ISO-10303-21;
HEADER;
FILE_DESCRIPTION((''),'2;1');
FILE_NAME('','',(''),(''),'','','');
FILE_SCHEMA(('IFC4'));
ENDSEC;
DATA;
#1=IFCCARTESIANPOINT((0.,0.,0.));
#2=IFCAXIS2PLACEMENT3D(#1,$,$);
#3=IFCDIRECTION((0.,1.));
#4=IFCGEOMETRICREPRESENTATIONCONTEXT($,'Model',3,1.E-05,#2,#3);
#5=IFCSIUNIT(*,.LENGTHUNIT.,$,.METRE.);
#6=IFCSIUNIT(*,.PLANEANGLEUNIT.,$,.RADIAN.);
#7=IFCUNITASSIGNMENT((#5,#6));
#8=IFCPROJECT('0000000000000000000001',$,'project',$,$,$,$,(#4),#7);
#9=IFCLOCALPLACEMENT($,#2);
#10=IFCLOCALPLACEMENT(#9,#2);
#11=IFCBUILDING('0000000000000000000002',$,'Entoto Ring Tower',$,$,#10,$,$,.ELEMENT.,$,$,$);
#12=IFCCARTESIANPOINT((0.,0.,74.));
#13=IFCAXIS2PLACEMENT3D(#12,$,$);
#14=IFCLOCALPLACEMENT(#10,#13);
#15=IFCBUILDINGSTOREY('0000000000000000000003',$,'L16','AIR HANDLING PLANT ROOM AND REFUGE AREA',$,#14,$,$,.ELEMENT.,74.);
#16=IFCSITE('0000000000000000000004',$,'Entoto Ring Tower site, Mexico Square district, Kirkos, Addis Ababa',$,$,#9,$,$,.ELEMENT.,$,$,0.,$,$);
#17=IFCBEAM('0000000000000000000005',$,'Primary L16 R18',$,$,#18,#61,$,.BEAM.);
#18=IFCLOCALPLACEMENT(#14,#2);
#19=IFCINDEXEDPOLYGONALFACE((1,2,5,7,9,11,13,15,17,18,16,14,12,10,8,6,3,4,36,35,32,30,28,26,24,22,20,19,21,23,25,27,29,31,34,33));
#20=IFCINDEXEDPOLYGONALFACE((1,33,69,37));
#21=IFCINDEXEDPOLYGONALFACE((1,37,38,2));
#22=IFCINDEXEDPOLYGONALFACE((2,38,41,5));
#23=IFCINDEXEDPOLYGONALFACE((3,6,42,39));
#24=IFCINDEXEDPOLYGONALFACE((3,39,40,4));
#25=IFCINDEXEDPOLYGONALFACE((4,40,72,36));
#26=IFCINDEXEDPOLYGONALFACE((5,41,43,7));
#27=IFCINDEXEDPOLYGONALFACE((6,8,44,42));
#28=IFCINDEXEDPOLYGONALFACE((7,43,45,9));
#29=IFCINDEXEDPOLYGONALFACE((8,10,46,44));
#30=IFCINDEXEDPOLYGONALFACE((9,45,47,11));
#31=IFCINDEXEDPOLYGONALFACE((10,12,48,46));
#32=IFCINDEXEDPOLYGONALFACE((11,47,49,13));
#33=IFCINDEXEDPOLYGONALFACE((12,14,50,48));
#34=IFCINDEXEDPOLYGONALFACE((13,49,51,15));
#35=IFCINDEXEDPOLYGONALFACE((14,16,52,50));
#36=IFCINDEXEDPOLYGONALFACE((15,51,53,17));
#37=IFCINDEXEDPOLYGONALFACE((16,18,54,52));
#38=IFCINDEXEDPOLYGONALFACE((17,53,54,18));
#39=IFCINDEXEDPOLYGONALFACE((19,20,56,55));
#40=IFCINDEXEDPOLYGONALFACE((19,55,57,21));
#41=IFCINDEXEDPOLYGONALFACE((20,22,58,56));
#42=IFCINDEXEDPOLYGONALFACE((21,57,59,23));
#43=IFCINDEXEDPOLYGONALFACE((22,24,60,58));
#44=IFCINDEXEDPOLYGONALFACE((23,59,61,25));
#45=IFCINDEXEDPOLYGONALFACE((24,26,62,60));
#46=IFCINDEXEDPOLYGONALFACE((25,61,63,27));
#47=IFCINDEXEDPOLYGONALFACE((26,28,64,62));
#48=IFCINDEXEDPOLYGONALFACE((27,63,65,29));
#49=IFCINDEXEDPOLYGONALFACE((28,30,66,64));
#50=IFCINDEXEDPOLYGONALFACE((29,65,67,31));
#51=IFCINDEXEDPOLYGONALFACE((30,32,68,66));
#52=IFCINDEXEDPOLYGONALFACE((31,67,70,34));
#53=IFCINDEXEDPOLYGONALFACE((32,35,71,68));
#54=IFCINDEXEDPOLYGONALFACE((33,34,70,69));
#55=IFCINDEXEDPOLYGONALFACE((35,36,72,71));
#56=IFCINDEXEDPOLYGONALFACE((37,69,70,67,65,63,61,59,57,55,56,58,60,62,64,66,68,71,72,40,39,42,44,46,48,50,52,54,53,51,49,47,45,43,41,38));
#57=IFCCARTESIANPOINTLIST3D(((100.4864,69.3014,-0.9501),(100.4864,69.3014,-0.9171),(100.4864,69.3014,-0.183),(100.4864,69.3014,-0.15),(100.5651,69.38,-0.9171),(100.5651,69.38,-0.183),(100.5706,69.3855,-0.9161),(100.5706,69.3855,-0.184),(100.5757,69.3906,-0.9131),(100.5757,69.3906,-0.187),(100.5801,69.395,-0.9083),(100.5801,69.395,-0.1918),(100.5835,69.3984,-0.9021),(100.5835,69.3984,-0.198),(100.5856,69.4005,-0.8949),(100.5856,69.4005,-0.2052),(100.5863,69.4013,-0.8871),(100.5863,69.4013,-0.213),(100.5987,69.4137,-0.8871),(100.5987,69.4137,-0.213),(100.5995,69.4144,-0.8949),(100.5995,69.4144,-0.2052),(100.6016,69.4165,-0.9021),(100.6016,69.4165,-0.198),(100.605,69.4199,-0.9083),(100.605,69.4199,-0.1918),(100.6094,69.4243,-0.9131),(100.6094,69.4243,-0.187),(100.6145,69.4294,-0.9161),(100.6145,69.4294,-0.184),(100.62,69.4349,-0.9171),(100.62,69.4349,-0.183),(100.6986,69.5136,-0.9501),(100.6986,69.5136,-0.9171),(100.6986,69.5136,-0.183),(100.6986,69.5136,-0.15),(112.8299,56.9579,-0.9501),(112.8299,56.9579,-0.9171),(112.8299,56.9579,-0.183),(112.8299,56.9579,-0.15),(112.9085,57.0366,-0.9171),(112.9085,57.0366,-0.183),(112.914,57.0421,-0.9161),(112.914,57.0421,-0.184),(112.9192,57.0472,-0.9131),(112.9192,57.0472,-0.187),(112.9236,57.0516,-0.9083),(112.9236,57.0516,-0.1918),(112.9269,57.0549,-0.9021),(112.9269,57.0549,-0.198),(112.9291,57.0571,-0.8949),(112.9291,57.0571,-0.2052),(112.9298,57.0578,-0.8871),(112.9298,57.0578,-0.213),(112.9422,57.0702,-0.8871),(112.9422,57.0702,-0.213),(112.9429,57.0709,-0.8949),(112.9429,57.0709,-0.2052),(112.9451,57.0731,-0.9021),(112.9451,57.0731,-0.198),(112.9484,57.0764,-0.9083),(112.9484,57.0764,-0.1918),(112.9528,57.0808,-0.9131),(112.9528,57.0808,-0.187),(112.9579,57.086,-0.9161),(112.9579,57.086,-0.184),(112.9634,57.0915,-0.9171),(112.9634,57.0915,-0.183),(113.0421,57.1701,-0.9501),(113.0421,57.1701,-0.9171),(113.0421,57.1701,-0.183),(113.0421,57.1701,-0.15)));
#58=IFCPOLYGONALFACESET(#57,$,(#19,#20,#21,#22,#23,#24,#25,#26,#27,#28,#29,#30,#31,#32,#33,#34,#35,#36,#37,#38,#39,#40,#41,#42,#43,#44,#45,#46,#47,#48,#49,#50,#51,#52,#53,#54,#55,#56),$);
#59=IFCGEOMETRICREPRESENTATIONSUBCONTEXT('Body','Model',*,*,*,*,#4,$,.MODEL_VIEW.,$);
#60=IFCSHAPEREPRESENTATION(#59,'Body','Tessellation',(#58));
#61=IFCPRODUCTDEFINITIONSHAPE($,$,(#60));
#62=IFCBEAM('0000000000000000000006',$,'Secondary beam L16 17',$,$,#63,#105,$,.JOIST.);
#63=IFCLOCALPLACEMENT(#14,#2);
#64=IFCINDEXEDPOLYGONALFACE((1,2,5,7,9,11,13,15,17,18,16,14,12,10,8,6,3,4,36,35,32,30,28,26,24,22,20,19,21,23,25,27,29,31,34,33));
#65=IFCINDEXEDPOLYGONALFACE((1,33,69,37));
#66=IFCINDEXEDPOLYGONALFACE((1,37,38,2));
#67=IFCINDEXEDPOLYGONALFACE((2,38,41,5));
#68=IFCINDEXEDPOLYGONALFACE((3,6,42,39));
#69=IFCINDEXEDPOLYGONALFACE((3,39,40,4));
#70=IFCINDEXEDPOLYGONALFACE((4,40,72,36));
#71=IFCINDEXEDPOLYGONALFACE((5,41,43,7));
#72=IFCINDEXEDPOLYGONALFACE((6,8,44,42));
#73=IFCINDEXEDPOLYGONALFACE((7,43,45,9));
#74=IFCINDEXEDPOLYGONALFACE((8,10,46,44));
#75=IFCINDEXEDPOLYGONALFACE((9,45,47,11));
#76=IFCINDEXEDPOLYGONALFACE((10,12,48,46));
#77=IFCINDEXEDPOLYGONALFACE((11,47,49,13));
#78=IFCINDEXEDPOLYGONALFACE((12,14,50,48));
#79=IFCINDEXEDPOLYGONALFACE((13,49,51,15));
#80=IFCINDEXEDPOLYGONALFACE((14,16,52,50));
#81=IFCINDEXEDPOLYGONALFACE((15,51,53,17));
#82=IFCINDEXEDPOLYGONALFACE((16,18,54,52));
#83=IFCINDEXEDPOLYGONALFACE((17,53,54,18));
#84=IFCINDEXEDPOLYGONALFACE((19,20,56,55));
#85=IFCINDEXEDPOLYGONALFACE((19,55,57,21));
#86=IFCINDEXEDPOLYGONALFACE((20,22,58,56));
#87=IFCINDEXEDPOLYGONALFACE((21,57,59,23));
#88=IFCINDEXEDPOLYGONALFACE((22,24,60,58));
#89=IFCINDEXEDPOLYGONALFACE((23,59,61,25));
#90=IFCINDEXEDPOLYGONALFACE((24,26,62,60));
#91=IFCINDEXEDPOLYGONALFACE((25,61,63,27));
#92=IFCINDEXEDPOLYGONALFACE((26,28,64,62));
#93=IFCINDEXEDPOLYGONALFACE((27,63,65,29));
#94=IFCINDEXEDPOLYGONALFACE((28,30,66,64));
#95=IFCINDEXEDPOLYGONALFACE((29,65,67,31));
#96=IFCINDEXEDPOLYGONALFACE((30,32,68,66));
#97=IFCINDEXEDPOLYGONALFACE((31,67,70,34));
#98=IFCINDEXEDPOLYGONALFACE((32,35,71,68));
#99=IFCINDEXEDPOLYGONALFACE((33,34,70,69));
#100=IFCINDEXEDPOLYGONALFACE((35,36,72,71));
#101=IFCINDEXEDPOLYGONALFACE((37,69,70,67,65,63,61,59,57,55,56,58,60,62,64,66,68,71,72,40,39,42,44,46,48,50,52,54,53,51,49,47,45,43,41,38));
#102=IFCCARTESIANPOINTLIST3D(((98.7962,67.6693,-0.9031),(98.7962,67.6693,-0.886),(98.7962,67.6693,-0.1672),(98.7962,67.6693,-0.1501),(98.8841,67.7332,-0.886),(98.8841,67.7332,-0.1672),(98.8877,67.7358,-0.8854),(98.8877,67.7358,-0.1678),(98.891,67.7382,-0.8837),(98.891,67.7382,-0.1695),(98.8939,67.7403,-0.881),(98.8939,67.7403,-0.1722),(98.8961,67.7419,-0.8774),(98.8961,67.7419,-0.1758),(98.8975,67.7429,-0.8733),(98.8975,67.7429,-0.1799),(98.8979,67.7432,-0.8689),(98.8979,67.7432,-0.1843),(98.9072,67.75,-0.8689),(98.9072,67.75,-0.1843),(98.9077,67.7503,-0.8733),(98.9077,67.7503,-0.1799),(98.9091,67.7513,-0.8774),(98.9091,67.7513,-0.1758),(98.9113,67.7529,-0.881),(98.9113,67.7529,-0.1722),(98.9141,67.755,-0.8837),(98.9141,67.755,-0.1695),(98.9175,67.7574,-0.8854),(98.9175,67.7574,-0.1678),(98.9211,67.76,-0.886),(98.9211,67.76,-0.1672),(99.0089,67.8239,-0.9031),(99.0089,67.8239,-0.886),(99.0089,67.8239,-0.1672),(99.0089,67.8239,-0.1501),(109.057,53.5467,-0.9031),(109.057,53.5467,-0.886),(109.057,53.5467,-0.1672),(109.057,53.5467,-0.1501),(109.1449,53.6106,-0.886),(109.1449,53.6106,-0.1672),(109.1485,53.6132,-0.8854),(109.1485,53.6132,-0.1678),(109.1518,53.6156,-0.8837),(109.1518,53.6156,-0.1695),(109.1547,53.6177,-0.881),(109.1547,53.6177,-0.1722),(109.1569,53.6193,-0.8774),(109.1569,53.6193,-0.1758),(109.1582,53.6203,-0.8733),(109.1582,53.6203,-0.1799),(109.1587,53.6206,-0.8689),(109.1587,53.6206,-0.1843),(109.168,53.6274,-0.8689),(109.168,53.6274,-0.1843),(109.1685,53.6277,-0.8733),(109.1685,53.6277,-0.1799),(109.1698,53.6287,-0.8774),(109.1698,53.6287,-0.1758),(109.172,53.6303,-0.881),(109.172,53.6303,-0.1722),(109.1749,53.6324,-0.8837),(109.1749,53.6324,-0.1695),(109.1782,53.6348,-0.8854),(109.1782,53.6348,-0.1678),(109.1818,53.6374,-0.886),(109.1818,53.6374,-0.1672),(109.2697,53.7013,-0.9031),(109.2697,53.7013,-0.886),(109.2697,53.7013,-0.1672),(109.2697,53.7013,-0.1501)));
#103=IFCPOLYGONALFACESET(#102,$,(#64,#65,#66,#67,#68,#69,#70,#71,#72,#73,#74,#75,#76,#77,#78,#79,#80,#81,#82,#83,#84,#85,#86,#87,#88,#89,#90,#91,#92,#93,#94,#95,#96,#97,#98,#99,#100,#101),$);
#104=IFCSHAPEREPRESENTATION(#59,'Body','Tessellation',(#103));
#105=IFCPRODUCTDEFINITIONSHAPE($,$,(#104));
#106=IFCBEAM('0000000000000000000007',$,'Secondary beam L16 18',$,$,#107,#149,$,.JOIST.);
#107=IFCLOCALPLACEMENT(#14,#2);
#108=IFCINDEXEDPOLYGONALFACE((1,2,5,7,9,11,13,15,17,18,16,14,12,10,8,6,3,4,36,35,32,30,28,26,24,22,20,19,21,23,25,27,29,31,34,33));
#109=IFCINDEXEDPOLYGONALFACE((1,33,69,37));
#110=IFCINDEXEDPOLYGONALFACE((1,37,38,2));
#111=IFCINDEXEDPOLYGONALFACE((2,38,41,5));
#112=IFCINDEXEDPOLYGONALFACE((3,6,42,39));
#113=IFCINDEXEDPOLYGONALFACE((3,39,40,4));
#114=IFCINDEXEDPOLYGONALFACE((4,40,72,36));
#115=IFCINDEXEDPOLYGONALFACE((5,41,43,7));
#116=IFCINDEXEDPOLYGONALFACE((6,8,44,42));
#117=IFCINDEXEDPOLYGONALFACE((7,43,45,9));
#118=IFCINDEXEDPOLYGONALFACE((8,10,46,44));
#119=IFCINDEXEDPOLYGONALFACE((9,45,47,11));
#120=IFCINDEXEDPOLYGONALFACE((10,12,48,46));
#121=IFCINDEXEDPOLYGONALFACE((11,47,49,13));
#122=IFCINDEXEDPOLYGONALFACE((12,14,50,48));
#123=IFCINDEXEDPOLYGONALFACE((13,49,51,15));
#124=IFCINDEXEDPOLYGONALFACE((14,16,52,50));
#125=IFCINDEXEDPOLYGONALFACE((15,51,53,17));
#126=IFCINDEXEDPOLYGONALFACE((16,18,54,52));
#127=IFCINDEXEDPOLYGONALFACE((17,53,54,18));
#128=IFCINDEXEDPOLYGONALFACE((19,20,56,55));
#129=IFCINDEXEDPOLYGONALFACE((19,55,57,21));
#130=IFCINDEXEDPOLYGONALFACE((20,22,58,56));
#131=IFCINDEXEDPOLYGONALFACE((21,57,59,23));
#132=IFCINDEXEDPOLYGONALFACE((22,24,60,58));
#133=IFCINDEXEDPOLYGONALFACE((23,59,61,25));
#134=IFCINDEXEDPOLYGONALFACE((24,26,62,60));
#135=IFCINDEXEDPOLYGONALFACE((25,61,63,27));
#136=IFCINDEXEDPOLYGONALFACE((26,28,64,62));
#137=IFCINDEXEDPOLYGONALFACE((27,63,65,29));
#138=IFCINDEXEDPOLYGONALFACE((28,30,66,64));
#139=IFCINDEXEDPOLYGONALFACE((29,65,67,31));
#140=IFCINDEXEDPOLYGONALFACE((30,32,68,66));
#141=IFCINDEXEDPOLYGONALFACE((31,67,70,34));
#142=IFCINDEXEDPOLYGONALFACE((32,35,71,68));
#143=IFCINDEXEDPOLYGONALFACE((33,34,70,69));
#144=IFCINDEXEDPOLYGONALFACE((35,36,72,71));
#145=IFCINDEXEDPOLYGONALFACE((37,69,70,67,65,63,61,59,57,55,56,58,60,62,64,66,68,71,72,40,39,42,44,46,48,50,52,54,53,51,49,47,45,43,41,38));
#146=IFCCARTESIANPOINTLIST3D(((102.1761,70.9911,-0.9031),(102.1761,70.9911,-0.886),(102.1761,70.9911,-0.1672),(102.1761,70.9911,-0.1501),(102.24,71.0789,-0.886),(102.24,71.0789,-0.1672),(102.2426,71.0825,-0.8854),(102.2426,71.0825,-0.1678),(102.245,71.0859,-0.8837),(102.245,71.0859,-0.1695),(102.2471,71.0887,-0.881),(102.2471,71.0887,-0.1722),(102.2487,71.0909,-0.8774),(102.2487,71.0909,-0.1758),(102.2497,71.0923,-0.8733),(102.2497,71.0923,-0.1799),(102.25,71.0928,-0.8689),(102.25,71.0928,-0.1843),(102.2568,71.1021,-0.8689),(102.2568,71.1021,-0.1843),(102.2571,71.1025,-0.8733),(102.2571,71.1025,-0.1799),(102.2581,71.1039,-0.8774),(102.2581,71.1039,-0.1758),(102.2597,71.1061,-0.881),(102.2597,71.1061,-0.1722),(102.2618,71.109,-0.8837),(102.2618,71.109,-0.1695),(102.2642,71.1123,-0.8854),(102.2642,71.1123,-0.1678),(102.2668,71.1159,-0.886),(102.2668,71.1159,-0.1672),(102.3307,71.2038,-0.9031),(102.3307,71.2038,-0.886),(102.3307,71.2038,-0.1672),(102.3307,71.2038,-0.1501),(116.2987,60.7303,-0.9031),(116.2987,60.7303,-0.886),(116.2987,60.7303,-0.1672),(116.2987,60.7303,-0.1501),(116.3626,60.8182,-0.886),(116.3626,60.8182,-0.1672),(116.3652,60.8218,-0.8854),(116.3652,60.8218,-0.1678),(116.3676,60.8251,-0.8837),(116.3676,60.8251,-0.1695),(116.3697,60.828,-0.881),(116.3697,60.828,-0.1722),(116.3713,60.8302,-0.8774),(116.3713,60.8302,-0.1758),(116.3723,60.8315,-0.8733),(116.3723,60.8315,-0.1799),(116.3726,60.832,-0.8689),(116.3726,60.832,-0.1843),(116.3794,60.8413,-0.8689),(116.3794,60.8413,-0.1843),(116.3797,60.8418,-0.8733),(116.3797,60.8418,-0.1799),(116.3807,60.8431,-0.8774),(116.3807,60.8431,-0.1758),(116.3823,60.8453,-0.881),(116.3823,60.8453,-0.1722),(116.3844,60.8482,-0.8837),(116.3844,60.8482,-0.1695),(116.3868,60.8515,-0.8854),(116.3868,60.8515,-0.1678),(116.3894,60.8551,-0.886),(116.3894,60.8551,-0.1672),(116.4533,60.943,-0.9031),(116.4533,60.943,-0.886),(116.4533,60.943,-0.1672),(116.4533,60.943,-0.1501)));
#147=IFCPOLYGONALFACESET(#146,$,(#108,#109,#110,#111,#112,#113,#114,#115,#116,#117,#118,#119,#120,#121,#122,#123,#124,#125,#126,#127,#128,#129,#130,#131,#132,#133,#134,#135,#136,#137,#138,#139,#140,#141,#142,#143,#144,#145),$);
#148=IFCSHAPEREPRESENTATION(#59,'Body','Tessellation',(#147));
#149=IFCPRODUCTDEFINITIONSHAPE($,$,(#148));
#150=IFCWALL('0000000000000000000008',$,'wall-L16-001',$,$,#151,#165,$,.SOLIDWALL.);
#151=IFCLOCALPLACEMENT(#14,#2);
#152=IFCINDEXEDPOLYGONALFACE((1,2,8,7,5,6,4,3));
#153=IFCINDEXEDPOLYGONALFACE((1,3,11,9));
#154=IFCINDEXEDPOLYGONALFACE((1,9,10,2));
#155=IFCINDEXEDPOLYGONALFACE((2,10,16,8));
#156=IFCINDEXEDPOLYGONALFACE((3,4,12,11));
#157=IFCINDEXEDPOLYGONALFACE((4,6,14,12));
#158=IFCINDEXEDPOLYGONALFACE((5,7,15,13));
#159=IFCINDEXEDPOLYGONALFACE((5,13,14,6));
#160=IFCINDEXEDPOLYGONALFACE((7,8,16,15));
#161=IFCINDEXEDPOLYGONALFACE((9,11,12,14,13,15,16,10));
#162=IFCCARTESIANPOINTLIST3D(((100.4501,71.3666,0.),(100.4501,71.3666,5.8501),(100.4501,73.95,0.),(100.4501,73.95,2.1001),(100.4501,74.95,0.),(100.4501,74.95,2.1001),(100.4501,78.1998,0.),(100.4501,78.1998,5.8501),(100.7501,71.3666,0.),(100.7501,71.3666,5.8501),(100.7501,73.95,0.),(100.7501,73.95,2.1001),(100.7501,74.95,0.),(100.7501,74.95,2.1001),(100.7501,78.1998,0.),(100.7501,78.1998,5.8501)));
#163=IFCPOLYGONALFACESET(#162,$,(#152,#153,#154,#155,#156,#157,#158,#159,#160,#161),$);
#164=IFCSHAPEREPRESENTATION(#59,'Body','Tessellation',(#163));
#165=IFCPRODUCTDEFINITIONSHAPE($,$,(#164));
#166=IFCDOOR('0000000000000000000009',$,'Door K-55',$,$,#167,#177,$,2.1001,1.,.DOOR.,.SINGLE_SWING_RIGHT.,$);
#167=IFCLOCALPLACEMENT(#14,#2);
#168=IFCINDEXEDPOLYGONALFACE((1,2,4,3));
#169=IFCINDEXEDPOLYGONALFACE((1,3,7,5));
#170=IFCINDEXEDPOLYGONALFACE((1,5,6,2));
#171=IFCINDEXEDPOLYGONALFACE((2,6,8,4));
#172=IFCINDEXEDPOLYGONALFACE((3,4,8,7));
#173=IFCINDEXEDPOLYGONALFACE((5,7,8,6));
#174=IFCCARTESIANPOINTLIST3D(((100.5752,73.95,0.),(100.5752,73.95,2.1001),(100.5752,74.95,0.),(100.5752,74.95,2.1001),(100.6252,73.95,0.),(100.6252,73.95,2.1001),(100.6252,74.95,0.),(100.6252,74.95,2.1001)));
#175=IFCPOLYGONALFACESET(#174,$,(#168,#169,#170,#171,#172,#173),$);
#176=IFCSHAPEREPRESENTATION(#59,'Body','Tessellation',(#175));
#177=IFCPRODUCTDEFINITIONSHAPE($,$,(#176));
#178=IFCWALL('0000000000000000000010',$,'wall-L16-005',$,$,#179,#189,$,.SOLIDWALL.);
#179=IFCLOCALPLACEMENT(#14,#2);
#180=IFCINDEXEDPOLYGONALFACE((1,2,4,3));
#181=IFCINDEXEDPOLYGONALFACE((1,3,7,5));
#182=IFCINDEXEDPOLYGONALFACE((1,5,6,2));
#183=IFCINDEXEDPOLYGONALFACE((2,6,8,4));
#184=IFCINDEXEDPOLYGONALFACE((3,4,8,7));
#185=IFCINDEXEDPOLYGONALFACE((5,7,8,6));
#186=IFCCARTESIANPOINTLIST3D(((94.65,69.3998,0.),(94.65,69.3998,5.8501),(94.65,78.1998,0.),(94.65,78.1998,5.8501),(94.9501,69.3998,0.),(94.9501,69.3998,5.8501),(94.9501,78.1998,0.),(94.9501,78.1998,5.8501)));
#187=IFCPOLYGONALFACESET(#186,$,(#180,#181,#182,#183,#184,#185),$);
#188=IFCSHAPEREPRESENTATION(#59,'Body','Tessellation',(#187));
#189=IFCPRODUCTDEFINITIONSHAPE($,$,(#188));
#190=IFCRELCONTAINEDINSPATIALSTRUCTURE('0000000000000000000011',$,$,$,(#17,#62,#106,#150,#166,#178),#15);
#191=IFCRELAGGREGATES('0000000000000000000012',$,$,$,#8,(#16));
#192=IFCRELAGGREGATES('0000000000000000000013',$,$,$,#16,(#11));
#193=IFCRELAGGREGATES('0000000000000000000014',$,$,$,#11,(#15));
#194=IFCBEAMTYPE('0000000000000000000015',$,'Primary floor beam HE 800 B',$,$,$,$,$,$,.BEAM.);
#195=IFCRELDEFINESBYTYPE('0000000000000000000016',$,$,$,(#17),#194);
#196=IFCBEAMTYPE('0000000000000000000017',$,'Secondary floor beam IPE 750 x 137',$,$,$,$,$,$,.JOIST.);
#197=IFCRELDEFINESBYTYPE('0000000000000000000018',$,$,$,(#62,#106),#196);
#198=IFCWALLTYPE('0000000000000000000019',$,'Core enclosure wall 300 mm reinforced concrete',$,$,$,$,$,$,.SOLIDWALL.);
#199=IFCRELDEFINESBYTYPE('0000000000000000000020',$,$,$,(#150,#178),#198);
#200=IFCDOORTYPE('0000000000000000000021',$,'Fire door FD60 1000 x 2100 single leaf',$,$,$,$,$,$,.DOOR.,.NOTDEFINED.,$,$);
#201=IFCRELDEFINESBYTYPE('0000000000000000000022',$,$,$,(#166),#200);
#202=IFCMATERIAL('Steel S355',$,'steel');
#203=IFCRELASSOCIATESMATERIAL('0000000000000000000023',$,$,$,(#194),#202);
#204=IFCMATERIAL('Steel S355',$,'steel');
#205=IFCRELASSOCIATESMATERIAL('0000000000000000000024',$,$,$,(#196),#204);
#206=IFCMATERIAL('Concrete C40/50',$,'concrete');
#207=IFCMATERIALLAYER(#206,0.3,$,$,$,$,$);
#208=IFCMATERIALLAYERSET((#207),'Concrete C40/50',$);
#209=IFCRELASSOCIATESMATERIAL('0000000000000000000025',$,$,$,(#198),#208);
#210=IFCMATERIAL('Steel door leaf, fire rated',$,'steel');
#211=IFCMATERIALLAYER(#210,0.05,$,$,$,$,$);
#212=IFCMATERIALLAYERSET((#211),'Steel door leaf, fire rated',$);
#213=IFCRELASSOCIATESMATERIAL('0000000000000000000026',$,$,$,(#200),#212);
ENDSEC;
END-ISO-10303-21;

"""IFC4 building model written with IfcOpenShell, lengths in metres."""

from ifc_helpers import new_model, si_unit, direction, frame, frame_2d, origin, origin_2d, place, context, subcontext, project, spatial, rectangle, i_section, extrude, material, layer, layer_set, material_profile, profile_set, type_object, element, fill, save


model = new_model("IFC4")

# Units and contexts
model_context = context("Model", 3, precision=1e-05, world=origin(), true_north=direction((0.0, 1.0)))
body_context = subcontext(model_context, "Body", "Model", "MODEL_VIEW")
ifc_project = project(units=[si_unit("LENGTHUNIT", "METRE"), si_unit("PLANEANGLEUNIT", "RADIAN")], contexts=[model_context])

# Site, building, storey
site_placement = place(None, origin())
site = spatial("IfcSite", under=ifc_project, at=site_placement, Name="Entoto Ring Tower site, Mexico Square district, Kirkos, Addis Ababa", CompositionType="ELEMENT", RefElevation=0.0)
building_placement = place(site_placement, origin())
building = spatial("IfcBuilding", under=site, at=building_placement, Name="Entoto Ring Tower", CompositionType="ELEMENT")
storey_placement = place(building_placement, frame((0.0, 0.0, 74.0)))
storey = spatial("IfcBuildingStorey", under=building, at=storey_placement, Name="L16", Description="AIR HANDLING PLANT ROOM AND REFUGE AREA", CompositionType="ELEMENT", Elevation=74.0)

# Beams
ifc_material_1 = material(Name="Steel S355", Category="steel")
ifc_material_profile_1 = material_profile(ifc_material_1, i_section(OverallWidth=0.3, OverallDepth=0.8, WebThickness=0.0176, FlangeThickness=0.033, FilletRadius=0.03, at=origin_2d()), Name="HE 800 B")
ifc_profile_set_1 = profile_set([ifc_material_profile_1], Name="Steel S355")
beam_type_1 = type_object("IfcBeamType", Name="Primary floor beam HE 800 B", PredefinedType="BEAM", material=ifc_profile_set_1)
beam_1_placement = place(storey_placement, frame((100.5925, 69.4075, -0.55), z_axis=(0.707107, -0.707107, 0.0), x_axis=(0.707107, 0.707107, 0.0)))
element("IfcBeam", 1, at=beam_1_placement, inside=storey, type_object=beam_type_1, Name="Primary L16 R18", PredefinedType="BEAM", context=body_context, shape_type="SweptSolid", body=[
    extrude(i_section(OverallWidth=0.3, OverallDepth=0.8, WebThickness=0.0176, FlangeThickness=0.033, FilletRadius=0.03, at=origin_2d()), origin(), (0.0, 0.0, 1.0), 17.4563),
])
ifc_material_2 = material(Name="Steel S355", Category="steel")
ifc_material_profile_2 = material_profile(ifc_material_2, i_section(OverallWidth=0.2629, OverallDepth=0.7529, WebThickness=0.0115, FlangeThickness=0.0171, FilletRadius=0.0171, at=origin_2d()), Name="IPE 750 x 137")
ifc_profile_set_2 = profile_set([ifc_material_profile_2], Name="Steel S355")
beam_type_2 = type_object("IfcBeamType", Name="Secondary floor beam IPE 750 x 137", PredefinedType="JOIST", material=ifc_profile_set_2)
for number, where, z_axis, x_axis, name in (
    (2, (98.9026, 67.7466, -0.5266), (0.587789, -0.809014, 0.0), (0.809014, 0.587789, 0.0), "Secondary beam L16 17"),
    (3, (102.2534, 71.0974, -0.5266), (0.809014, -0.587789, 0.0), (0.587789, 0.809014, 0.0), "Secondary beam L16 18"),
):
    element("IfcBeam", number, at=place(storey_placement, frame(where, z_axis=z_axis, x_axis=x_axis)), inside=storey, type_object=beam_type_2, Name=name, PredefinedType="JOIST", context=body_context, shape_type="SweptSolid", body=[
        extrude(i_section(OverallWidth=0.2629, OverallDepth=0.7529, WebThickness=0.0115, FlangeThickness=0.0171, FilletRadius=0.0171, at=origin_2d()), origin(), (0.0, 0.0, 1.0), 17.4565),
    ])

# Wall, opening, door
ifc_material_3 = material(Name="Concrete C40/50", Category="concrete")
ifc_layer_1 = layer(ifc_material_3, 0.3)
ifc_layer_set_1 = layer_set([ifc_layer_1], Name="Concrete C40/50")
wall_type_1 = type_object("IfcWallType", Name="Core enclosure wall 300 mm reinforced concrete", PredefinedType="SOLIDWALL", material=ifc_layer_set_1)
wall_1_placement = place(storey_placement, frame((100.6001, 71.3667, 0.0), z_axis=(0.0, 0.0, 1.0), x_axis=(0.0, 1.0, 0.0)))
wall_1 = element("IfcWall", 4, at=wall_1_placement, inside=storey, type_object=wall_type_1, Name="wall-L16-001", PredefinedType="SOLIDWALL", context=body_context, shape_type="SweptSolid", body=[
    extrude(rectangle(XDim=6.8333, YDim=0.3, at=frame_2d((3.4165, 0.0))), origin(), (0.0, 0.0, 1.0), 5.8501),
])
opening_1_placement = place(wall_1_placement, frame((2.5833, 0.0, 0.0)))
opening_1 = element("IfcOpeningElement", 5, at=opening_1_placement, cuts=wall_1, PredefinedType="OPENING", context=body_context, shape_type="SweptSolid", body=[
    extrude(rectangle(XDim=1.0, YDim=2.1001, at=frame_2d((0.5, 1.05))), frame((0.0, 0.1602, 0.0), z_axis=(0.0, -1.0, 0.0), x_axis=(1.0, 0.0, 0.0)), (0.0, 0.0, 1.0), 0.3201),
])
ifc_material_4 = material(Name="Steel door leaf, fire rated", Category="steel")
ifc_layer_2 = layer(ifc_material_4, 0.05)
ifc_layer_set_2 = layer_set([ifc_layer_2], Name="Steel door leaf, fire rated")
door_type_1 = type_object("IfcDoorType", Name="Fire door FD60 1000 x 2100 single leaf", OperationType="NOTDEFINED", PredefinedType="DOOR", material=ifc_layer_set_2)
door_1_placement = place(opening_1_placement, origin())
door_1 = element("IfcDoor", 6, at=door_1_placement, inside=storey, type_object=door_type_1, Name="Door K-55", OperationType="SINGLE_SWING_RIGHT", OverallHeight=2.1001, OverallWidth=1.0, PredefinedType="DOOR", context=body_context, shape_type="SweptSolid", body=[
    extrude(rectangle(XDim=1.0, YDim=2.1001, at=frame_2d((0.5, 1.05))), frame((0.0, 0.0249, 0.0), z_axis=(0.0, -1.0, 0.0), x_axis=(1.0, 0.0, 0.0)), (0.0, 0.0, 1.0), 0.05),
])
fill(opening_1, door_1)

# Wall
wall_2_placement = place(storey_placement, frame((94.8, 69.3999, 0.0), z_axis=(0.0, 0.0, 1.0), x_axis=(0.0, 1.0, 0.0)))
element("IfcWall", 7, at=wall_2_placement, inside=storey, type_object=wall_type_1, Name="wall-L16-005", PredefinedType="SOLIDWALL", context=body_context, shape_type="SweptSolid", body=[
    extrude(rectangle(XDim=8.8, YDim=0.3, at=frame_2d((4.3999, 0.0))), origin(), (0.0, 0.0, 1.0), 5.8501),
])

save(model, "model.ifc")
